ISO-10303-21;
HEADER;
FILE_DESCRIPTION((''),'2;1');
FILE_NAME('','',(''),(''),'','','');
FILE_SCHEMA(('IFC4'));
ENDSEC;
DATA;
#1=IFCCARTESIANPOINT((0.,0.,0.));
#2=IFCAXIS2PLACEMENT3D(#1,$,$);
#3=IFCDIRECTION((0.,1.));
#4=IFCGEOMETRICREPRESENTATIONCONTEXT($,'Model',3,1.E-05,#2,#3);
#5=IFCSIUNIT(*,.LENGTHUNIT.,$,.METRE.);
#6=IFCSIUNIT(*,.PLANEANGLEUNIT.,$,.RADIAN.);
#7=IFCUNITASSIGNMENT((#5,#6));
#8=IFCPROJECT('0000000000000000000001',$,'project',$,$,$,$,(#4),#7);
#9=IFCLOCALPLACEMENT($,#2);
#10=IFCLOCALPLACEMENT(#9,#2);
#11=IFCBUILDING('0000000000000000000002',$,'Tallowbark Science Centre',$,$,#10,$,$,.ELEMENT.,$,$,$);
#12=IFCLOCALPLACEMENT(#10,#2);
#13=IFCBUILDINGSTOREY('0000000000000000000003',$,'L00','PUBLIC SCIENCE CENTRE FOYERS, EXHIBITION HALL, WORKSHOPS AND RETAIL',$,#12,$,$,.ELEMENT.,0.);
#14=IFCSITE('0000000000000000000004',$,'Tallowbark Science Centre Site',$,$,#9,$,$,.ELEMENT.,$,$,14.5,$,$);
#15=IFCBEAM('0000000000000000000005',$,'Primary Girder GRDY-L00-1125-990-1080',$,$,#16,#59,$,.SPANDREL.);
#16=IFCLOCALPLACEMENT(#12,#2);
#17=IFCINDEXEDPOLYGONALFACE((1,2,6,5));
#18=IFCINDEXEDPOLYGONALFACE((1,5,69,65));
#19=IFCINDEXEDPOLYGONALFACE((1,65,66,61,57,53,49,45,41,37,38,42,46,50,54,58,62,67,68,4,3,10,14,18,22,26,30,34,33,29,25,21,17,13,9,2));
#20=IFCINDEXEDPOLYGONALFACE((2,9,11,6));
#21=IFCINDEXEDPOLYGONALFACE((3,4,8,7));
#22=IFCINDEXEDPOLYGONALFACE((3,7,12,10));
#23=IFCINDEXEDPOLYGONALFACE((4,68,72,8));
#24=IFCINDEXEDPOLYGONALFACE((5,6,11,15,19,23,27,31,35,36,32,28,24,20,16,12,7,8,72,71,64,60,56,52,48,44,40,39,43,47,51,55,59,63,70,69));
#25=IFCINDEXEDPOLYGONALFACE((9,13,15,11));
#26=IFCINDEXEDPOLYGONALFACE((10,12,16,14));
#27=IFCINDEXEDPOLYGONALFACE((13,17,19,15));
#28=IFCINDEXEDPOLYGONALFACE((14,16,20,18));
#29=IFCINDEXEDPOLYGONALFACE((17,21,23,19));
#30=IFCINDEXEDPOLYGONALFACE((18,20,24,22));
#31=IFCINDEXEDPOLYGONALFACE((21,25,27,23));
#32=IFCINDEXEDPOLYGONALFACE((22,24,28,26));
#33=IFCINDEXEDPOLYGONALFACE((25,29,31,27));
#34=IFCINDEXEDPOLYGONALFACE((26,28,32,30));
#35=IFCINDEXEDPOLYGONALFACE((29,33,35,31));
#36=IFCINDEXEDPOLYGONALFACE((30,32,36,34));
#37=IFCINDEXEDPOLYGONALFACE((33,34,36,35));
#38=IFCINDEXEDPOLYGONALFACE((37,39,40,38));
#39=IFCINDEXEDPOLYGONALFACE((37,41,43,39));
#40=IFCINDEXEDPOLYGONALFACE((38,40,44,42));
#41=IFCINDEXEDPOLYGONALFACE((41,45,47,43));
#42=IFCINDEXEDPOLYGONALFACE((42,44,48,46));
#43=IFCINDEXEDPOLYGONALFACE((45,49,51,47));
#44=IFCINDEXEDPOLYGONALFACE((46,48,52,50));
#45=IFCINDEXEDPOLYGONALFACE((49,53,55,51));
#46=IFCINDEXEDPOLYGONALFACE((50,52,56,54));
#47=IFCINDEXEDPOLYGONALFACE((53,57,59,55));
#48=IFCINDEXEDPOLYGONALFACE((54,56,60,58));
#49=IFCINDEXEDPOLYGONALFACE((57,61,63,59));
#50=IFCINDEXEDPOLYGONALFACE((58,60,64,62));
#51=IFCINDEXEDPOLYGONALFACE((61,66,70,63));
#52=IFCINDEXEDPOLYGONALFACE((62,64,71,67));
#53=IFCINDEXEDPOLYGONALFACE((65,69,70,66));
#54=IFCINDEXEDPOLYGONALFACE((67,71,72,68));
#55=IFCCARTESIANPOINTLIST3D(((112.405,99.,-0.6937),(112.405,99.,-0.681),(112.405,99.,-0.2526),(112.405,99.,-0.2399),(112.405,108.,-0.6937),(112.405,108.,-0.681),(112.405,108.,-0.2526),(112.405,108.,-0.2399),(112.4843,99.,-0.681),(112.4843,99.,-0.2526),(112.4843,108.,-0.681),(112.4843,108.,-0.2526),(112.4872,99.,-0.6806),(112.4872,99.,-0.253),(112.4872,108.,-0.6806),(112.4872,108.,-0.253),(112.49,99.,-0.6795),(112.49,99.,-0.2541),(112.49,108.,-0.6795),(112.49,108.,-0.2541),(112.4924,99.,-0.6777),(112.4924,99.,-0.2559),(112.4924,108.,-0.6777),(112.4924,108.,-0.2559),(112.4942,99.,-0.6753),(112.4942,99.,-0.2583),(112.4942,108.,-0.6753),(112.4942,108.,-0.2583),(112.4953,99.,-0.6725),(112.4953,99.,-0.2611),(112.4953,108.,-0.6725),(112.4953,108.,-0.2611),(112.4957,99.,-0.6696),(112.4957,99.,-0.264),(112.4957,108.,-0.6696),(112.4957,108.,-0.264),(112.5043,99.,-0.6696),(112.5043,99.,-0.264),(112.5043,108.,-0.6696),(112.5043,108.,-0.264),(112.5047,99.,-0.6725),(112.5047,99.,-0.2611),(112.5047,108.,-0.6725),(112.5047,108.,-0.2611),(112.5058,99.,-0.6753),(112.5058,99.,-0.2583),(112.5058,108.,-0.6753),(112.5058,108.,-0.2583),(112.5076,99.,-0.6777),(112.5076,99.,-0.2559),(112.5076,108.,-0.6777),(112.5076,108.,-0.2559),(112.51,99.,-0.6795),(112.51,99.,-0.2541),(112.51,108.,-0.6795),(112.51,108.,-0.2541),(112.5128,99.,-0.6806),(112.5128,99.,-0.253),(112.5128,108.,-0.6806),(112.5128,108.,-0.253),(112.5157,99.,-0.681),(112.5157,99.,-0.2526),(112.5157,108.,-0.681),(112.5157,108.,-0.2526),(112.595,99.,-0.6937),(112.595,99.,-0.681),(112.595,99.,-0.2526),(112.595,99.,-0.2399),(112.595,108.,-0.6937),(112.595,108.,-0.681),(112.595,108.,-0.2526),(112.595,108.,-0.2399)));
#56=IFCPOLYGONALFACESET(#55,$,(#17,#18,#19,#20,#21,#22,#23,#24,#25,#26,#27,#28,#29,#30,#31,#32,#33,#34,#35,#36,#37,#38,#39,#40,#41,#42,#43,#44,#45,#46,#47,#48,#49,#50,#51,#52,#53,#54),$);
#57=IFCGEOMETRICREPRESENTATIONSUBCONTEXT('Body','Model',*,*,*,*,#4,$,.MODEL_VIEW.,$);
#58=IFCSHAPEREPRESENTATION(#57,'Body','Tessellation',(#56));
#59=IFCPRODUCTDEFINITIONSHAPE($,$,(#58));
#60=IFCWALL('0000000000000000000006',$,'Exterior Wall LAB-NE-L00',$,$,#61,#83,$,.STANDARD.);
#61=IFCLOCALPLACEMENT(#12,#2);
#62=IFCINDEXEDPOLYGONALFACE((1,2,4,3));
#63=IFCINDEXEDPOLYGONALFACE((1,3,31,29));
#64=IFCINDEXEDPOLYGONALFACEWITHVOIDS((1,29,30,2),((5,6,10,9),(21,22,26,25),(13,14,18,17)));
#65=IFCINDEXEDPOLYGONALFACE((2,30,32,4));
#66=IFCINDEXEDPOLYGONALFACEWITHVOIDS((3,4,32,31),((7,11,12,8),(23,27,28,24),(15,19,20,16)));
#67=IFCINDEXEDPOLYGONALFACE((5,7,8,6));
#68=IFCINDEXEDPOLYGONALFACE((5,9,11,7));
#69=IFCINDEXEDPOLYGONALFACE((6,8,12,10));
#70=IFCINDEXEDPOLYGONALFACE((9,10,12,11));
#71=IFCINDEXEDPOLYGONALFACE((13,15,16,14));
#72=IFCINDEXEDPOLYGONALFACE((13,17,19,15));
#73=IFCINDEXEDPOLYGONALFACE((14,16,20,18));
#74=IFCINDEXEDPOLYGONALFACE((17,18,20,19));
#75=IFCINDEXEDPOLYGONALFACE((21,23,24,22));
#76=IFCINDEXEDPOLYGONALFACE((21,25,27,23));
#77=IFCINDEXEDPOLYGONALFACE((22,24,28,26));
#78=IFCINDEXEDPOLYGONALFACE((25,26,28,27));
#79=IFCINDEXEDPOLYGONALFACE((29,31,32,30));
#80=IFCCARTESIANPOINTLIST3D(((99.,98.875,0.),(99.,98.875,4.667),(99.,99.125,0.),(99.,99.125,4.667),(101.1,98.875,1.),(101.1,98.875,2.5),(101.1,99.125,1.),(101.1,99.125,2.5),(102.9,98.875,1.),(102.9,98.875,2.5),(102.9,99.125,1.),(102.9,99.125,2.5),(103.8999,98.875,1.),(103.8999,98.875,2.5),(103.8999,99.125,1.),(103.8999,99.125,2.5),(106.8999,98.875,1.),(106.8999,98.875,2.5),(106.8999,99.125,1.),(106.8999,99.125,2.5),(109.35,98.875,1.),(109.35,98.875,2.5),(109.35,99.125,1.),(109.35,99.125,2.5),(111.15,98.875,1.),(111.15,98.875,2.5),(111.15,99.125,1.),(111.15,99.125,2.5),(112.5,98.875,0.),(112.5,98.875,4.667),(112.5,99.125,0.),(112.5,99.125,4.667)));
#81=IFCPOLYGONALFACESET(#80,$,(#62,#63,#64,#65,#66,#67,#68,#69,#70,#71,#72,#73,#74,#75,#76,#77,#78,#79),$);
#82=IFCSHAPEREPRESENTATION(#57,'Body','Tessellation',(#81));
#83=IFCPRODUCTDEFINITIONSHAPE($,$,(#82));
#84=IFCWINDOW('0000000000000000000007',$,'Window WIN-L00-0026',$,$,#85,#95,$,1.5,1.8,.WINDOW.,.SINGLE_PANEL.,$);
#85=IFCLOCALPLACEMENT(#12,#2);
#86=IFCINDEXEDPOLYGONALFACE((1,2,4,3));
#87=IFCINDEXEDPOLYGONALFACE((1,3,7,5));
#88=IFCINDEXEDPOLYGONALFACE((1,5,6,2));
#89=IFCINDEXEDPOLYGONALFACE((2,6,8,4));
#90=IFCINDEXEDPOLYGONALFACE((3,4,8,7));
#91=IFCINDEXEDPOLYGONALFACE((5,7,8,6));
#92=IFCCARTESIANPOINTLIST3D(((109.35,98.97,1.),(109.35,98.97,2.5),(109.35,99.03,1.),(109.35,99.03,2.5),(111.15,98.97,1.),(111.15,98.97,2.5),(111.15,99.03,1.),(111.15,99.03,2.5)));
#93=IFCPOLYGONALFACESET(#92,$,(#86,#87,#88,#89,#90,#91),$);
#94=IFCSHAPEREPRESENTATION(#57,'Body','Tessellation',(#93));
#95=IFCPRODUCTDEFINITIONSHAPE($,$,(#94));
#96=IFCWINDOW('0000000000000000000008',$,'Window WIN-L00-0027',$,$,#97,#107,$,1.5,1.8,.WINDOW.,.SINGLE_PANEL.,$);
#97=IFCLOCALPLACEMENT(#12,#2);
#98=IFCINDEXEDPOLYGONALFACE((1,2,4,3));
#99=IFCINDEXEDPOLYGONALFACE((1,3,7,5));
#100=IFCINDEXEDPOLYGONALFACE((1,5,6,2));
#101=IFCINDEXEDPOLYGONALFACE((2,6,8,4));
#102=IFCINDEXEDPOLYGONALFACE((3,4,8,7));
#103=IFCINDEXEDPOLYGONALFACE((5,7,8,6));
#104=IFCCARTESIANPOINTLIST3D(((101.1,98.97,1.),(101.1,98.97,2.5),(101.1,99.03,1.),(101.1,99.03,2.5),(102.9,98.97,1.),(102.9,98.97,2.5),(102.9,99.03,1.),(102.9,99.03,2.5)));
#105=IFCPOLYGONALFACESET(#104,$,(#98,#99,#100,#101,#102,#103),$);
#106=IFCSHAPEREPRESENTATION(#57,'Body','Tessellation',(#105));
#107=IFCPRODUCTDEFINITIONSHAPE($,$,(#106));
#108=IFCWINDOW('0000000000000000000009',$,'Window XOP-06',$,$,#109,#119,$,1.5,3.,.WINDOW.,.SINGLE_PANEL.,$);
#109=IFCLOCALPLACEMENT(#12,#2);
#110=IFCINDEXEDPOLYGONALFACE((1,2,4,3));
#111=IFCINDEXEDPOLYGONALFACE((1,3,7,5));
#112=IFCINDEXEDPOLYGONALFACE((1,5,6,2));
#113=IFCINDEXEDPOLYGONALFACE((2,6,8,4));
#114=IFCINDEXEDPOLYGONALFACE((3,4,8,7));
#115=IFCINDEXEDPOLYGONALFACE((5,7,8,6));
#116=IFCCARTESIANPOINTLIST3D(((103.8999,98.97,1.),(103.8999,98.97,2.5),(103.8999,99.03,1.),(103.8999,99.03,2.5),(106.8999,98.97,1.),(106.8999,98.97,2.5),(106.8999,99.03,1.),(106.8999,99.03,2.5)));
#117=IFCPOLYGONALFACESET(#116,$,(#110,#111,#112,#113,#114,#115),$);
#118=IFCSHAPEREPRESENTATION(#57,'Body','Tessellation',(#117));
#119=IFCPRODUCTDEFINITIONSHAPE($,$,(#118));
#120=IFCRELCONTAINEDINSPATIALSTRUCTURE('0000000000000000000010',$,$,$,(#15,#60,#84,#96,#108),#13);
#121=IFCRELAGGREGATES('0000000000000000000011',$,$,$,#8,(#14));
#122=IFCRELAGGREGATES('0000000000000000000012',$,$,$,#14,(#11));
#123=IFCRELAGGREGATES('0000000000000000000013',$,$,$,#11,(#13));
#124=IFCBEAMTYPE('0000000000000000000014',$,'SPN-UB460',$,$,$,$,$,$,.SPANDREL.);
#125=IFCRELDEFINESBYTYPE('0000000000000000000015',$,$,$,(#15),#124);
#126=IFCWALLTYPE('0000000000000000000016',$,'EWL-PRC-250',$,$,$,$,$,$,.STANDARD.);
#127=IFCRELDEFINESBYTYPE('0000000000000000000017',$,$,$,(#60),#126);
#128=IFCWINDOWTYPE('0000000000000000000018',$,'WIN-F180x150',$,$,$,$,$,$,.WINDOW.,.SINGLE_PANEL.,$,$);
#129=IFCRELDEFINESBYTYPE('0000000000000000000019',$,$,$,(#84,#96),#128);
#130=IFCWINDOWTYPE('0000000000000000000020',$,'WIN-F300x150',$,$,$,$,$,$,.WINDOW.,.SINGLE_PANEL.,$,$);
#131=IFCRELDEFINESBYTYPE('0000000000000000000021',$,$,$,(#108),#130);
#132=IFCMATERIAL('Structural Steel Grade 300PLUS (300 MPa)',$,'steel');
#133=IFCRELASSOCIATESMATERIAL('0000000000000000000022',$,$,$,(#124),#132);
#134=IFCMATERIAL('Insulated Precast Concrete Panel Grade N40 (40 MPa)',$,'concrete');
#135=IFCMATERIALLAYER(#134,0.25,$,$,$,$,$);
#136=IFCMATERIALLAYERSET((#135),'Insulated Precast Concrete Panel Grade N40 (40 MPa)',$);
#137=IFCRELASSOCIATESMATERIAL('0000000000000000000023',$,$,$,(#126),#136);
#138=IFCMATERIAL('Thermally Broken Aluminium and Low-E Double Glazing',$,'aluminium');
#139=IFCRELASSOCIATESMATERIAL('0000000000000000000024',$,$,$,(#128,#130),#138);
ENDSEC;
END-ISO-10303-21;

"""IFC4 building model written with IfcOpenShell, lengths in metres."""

from ifc_helpers import new_model, si_unit, direction, frame, frame_2d, origin, origin_2d, place, context, subcontext, project, spatial, rectangle, i_section, extrude, material, layer, layer_set, material_profile, profile_set, type_object, element, fill, save


model = new_model("IFC4")

# Units and contexts
model_context = context("Model", 3, precision=1e-05, world=origin(), true_north=direction((0.0, 1.0)))
body_context = subcontext(model_context, "Body", "Model", "MODEL_VIEW")
ifc_project = project(units=[si_unit("LENGTHUNIT", "METRE"), si_unit("PLANEANGLEUNIT", "RADIAN")], contexts=[model_context])

# Site, building, storey
site_placement = place(None, origin())
site = spatial("IfcSite", under=ifc_project, at=site_placement, Name="Tallowbark Science Centre Site", CompositionType="ELEMENT", RefElevation=14.5)
building_placement = place(site_placement, origin())
building = spatial("IfcBuilding", under=site, at=building_placement, Name="Tallowbark Science Centre", CompositionType="ELEMENT")
storey_placement = place(building_placement, origin())
storey = spatial("IfcBuildingStorey", under=building, at=storey_placement, Name="L00", Description="PUBLIC SCIENCE CENTRE FOYERS, EXHIBITION HALL, WORKSHOPS AND RETAIL", CompositionType="ELEMENT", Elevation=0.0)

# Shared definitions
ifc_material_1 = material(Name="Structural Steel Grade 300PLUS (300 MPa)", Category="steel")

# Beam
ifc_material_profile_1 = material_profile(ifc_material_1, i_section(OverallWidth=0.1899, OverallDepth=0.4539, WebThickness=0.0085, FlangeThickness=0.0127, FilletRadius=0.0115, at=origin_2d()), Name="460UB67.1")
ifc_profile_set_1 = profile_set([ifc_material_profile_1], Name="Structural Steel Grade 300PLUS (300 MPa)")
beam_type_1 = type_object("IfcBeamType", Name="SPN-UB460", PredefinedType="SPANDREL", material=ifc_profile_set_1)
beam_1_placement = place(storey_placement, frame((112.5, 99.0, -0.4668), z_axis=(0.0, 1.0, 0.0), x_axis=(-1.0, 0.0, 0.0)))
element("IfcBeam", 1, at=beam_1_placement, inside=storey, type_object=beam_type_1, Name="Primary Girder GRDY-L00-1125-990-1080", PredefinedType="SPANDREL", context=body_context, shape_type="SweptSolid", body=[
    extrude(i_section(OverallWidth=0.1899, OverallDepth=0.4539, WebThickness=0.0085, FlangeThickness=0.0127, FilletRadius=0.0115, at=origin_2d()), origin(), (0.0, 0.0, 1.0), 9.0),
])

# Wall, openings, windows
ifc_material_2 = material(Name="Insulated Precast Concrete Panel Grade N40 (40 MPa)", Category="concrete")
ifc_layer_1 = layer(ifc_material_2, 0.25)
ifc_layer_set_1 = layer_set([ifc_layer_1], Name="Insulated Precast Concrete Panel Grade N40 (40 MPa)")
wall_type_1 = type_object("IfcWallType", Name="EWL-PRC-250", PredefinedType="STANDARD", material=ifc_layer_set_1)
wall_1_placement = place(storey_placement, frame((112.5, 99.0, 0.0), z_axis=(0.0, 0.0, 1.0), x_axis=(-1.0, 0.0, 0.0)))
wall_1 = element("IfcWall", 2, at=wall_1_placement, inside=storey, type_object=wall_type_1, Name="Exterior Wall LAB-NE-L00", PredefinedType="STANDARD", context=body_context, shape_type="SweptSolid", body=[
    extrude(rectangle(XDim=13.5, YDim=0.25, at=frame_2d((6.75, 0.0))), origin(), (0.0, 0.0, 1.0), 4.667),
])
opening_1_placement = place(wall_1_placement, frame((1.3501, 0.0, 1.0)))
opening_1 = element("IfcOpeningElement", 3, at=opening_1_placement, cuts=wall_1, PredefinedType="OPENING", context=body_context, shape_type="SweptSolid", body=[
    extrude(rectangle(XDim=1.8, YDim=1.5, at=frame_2d((0.8999, 0.75))), frame((0.0, 0.135, 0.0), z_axis=(0.0, -1.0, 0.0), x_axis=(1.0, 0.0, 0.0)), (0.0, 0.0, 1.0), 0.27),
])
opening_2_placement = place(wall_1_placement, frame((9.6001, 0.0, 1.0)))
opening_2 = element("IfcOpeningElement", 4, at=opening_2_placement, cuts=wall_1, PredefinedType="OPENING", context=body_context, shape_type="SweptSolid", body=[
    extrude(rectangle(XDim=1.8, YDim=1.5, at=frame_2d((0.8999, 0.75))), frame((0.0, 0.135, 0.0), z_axis=(0.0, -1.0, 0.0), x_axis=(1.0, 0.0, 0.0)), (0.0, 0.0, 1.0), 0.27),
])
opening_3_placement = place(wall_1_placement, frame((5.6001, 0.0, 1.0)))
opening_3 = element("IfcOpeningElement", 5, at=opening_3_placement, cuts=wall_1, PredefinedType="OPENING", context=body_context, shape_type="SweptSolid", body=[
    extrude(rectangle(XDim=3.0, YDim=1.5, at=frame_2d((1.5, 0.75))), frame((0.0, 0.135, 0.0), z_axis=(0.0, -1.0, 0.0), x_axis=(1.0, 0.0, 0.0)), (0.0, 0.0, 1.0), 0.27),
])
ifc_material_3 = material(Name="Thermally Broken Aluminium and Low-E Double Glazing", Category="aluminium")
window_type_1 = type_object("IfcWindowType", Name="WIN-F180x150", PartitioningType="SINGLE_PANEL", PredefinedType="WINDOW", material=ifc_material_3)
window_1_placement = place(opening_1_placement, origin())
window_1 = element("IfcWindow", 6, at=window_1_placement, inside=storey, type_object=window_type_1, Name="Window WIN-L00-0026", OverallHeight=1.5, OverallWidth=1.8, PartitioningType="SINGLE_PANEL", PredefinedType="WINDOW", context=body_context, shape_type="SweptSolid", body=[
    extrude(rectangle(XDim=1.8, YDim=1.5, at=frame_2d((0.8999, 0.75))), frame((0.0, 0.03, 0.0), z_axis=(0.0, -1.0, 0.0), x_axis=(1.0, 0.0, 0.0)), (0.0, 0.0, 1.0), 0.0601),
])
fill(opening_1, window_1)
window_2_placement = place(opening_2_placement, origin())
window_2 = element("IfcWindow", 7, at=window_2_placement, inside=storey, type_object=window_type_1, Name="Window WIN-L00-0027", OverallHeight=1.5, OverallWidth=1.8, PartitioningType="SINGLE_PANEL", PredefinedType="WINDOW", context=body_context, shape_type="SweptSolid", body=[
    extrude(rectangle(XDim=1.8, YDim=1.5, at=frame_2d((0.8999, 0.75))), frame((0.0, 0.03, 0.0), z_axis=(0.0, -1.0, 0.0), x_axis=(1.0, 0.0, 0.0)), (0.0, 0.0, 1.0), 0.0601),
])
fill(opening_2, window_2)
window_type_2 = type_object("IfcWindowType", Name="WIN-F300x150", PartitioningType="SINGLE_PANEL", PredefinedType="WINDOW", material=ifc_material_3)
window_3_placement = place(opening_3_placement, origin())
window_3 = element("IfcWindow", 8, at=window_3_placement, inside=storey, type_object=window_type_2, Name="Window XOP-06", OverallHeight=1.5, OverallWidth=3.0, PartitioningType="SINGLE_PANEL", PredefinedType="WINDOW", context=body_context, shape_type="SweptSolid", body=[
    extrude(rectangle(XDim=3.0, YDim=1.5, at=frame_2d((1.5, 0.75))), frame((0.0, 0.03, 0.0), z_axis=(0.0, -1.0, 0.0), x_axis=(1.0, 0.0, 0.0)), (0.0, 0.0, 1.0), 0.0601),
])
fill(opening_3, window_3)

save(model, "model.ifc")
